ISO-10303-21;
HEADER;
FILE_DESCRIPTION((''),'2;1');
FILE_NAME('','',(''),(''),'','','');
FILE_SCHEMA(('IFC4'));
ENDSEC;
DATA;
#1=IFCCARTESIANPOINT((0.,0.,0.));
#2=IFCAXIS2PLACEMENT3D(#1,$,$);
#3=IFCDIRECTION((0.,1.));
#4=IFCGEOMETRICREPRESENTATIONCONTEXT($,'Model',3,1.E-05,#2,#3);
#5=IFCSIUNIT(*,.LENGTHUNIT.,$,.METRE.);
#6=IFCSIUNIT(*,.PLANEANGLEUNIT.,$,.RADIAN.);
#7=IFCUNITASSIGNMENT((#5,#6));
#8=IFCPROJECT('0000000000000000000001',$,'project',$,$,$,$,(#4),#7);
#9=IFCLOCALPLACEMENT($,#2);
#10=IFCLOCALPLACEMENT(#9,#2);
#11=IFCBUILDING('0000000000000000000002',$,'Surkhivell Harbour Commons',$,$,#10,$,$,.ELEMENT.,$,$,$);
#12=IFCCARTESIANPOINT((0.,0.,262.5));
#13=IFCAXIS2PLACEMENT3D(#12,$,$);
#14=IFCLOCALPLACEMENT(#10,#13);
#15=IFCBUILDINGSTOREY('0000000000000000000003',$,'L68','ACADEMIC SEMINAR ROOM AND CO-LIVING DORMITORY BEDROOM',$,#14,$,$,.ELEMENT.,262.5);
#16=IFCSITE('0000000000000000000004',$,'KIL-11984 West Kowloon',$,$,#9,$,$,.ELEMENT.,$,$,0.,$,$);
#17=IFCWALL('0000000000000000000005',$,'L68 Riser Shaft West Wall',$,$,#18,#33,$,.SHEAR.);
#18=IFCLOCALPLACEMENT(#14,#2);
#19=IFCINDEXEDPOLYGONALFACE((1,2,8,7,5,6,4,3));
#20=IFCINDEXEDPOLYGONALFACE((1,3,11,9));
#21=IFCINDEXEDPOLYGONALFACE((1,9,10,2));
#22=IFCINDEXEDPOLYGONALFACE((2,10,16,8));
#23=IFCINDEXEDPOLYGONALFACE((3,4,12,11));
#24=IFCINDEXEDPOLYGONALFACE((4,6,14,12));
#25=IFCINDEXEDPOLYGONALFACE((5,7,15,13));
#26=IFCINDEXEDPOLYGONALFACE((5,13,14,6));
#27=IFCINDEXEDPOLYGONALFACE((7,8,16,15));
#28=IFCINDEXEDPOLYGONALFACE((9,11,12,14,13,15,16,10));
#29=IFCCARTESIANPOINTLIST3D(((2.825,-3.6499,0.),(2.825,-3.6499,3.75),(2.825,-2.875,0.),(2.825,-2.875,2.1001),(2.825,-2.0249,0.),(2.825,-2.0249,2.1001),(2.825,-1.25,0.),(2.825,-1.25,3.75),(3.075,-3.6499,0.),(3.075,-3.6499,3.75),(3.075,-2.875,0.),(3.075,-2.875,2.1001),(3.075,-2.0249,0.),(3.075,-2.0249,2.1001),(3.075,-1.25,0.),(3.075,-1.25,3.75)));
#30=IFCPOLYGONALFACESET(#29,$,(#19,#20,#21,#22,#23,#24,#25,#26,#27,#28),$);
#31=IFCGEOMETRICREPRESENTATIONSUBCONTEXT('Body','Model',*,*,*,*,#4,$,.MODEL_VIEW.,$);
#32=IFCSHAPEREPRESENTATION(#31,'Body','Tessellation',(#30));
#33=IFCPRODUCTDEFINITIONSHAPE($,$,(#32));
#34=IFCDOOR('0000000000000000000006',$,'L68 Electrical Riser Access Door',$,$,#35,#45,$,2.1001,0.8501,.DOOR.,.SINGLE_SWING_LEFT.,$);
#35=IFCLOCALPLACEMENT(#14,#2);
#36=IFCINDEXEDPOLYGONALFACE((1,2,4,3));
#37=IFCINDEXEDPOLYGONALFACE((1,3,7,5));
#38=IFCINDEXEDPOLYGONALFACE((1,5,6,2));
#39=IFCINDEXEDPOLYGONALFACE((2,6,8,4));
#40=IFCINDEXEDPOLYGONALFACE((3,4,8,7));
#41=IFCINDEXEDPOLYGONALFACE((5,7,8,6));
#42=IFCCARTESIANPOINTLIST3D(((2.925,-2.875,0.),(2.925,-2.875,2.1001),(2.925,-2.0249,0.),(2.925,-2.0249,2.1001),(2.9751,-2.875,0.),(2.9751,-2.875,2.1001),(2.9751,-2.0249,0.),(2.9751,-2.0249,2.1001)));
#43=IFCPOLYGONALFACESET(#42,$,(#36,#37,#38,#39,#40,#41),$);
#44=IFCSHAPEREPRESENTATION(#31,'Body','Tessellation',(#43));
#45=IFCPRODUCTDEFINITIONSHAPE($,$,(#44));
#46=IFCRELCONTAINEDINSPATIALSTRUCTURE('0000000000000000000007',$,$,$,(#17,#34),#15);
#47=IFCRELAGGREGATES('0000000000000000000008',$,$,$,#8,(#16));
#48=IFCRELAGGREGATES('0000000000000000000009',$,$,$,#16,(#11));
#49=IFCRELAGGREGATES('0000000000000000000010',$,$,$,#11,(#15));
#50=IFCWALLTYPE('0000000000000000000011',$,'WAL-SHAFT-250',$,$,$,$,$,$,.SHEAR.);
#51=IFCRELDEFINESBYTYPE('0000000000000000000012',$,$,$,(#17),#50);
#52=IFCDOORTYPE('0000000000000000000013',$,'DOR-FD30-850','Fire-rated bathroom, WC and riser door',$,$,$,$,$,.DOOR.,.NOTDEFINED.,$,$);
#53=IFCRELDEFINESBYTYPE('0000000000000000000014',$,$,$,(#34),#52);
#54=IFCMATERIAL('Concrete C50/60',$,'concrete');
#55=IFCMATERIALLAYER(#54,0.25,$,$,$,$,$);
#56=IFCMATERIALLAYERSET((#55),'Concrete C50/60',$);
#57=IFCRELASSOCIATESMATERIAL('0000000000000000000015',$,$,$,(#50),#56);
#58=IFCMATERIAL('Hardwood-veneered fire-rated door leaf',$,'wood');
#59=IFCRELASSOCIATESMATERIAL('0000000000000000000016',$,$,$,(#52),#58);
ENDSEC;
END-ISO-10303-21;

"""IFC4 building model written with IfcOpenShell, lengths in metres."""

from ifc_helpers import new_model, si_unit, direction, frame, frame_2d, origin, place, context, subcontext, project, spatial, rectangle, extrude, material, layer, layer_set, type_object, element, fill, save


model = new_model("IFC4")

# Units and contexts
model_context = context("Model", 3, precision=1e-05, world=origin(), true_north=direction((0.0, 1.0)))
body_context = subcontext(model_context, "Body", "Model", "MODEL_VIEW")
ifc_project = project(units=[si_unit("LENGTHUNIT", "METRE"), si_unit("PLANEANGLEUNIT", "RADIAN")], contexts=[model_context])

# Site, building, storey
site_placement = place(None, origin())
site = spatial("IfcSite", under=ifc_project, at=site_placement, Name="KIL-11984 West Kowloon", CompositionType="ELEMENT", RefElevation=0.0)
building_placement = place(site_placement, origin())
building = spatial("IfcBuilding", under=site, at=building_placement, Name="Surkhivell Harbour Commons", CompositionType="ELEMENT")
storey_placement = place(building_placement, frame((0.0, 0.0, 262.5)))
storey = spatial("IfcBuildingStorey", under=building, at=storey_placement, Name="L68", Description="ACADEMIC SEMINAR ROOM AND CO-LIVING DORMITORY BEDROOM", CompositionType="ELEMENT", Elevation=262.5)

# Shared definitions
ifc_material_1 = material(Name="Concrete C50/60", Category="concrete")

# Shared definitions
ifc_material_2 = material(Name="Hardwood-veneered fire-rated door leaf", Category="wood")

# Shared definitions
ifc_layer_1 = layer(ifc_material_1, 0.25)
ifc_layer_set_1 = layer_set([ifc_layer_1], Name="Concrete C50/60")
wall_type_1 = type_object("IfcWallType", Name="WAL-SHAFT-250", PredefinedType="SHEAR", material=ifc_layer_set_1)

# Wall, opening, door
wall_1_placement = place(storey_placement, frame((2.95, -3.6499, 0.0), z_axis=(0.0, 0.0, 1.0), x_axis=(0.0, 1.0, 0.0)))
wall_1 = element("IfcWall", 1, at=wall_1_placement, inside=storey, type_object=wall_type_1, Name="L68 Riser Shaft West Wall", PredefinedType="SHEAR", context=body_context, shape_type="SweptSolid", body=[
    extrude(rectangle(XDim=2.3999, YDim=0.25, at=frame_2d((1.2, 0.0))), origin(), (0.0, 0.0, 1.0), 3.75),
])
opening_1_placement = place(wall_1_placement, frame((0.7749, 0.0, 0.0)))
opening_1 = element("IfcOpeningElement", 2, at=opening_1_placement, cuts=wall_1, PredefinedType="OPENING", context=body_context, shape_type="SweptSolid", body=[
    extrude(rectangle(XDim=0.8501, YDim=2.1001, at=frame_2d((0.425, 1.05))), frame((0.0, 0.135, 0.0), z_axis=(0.0, -1.0, 0.0), x_axis=(1.0, 0.0, 0.0)), (0.0, 0.0, 1.0), 0.27),
])
door_type_1 = type_object("IfcDoorType", Name="DOR-FD30-850", Description="Fire-rated bathroom, WC and riser door", OperationType="NOTDEFINED", PredefinedType="DOOR", material=ifc_material_2)
door_1_placement = place(opening_1_placement, origin())
door_1 = element("IfcDoor", 3, at=door_1_placement, inside=storey, type_object=door_type_1, Name="L68 Electrical Riser Access Door", OperationType="SINGLE_SWING_LEFT", OverallHeight=2.1001, OverallWidth=0.8501, PredefinedType="DOOR", context=body_context, shape_type="SweptSolid", body=[
    extrude(rectangle(XDim=0.8501, YDim=2.1001, at=frame_2d((0.425, 1.05))), frame((0.0, 0.0249, 0.0), z_axis=(0.0, -1.0, 0.0), x_axis=(1.0, 0.0, 0.0)), (0.0, 0.0, 1.0), 0.05),
])
fill(opening_1, door_1)

save(model, "model.ifc")
